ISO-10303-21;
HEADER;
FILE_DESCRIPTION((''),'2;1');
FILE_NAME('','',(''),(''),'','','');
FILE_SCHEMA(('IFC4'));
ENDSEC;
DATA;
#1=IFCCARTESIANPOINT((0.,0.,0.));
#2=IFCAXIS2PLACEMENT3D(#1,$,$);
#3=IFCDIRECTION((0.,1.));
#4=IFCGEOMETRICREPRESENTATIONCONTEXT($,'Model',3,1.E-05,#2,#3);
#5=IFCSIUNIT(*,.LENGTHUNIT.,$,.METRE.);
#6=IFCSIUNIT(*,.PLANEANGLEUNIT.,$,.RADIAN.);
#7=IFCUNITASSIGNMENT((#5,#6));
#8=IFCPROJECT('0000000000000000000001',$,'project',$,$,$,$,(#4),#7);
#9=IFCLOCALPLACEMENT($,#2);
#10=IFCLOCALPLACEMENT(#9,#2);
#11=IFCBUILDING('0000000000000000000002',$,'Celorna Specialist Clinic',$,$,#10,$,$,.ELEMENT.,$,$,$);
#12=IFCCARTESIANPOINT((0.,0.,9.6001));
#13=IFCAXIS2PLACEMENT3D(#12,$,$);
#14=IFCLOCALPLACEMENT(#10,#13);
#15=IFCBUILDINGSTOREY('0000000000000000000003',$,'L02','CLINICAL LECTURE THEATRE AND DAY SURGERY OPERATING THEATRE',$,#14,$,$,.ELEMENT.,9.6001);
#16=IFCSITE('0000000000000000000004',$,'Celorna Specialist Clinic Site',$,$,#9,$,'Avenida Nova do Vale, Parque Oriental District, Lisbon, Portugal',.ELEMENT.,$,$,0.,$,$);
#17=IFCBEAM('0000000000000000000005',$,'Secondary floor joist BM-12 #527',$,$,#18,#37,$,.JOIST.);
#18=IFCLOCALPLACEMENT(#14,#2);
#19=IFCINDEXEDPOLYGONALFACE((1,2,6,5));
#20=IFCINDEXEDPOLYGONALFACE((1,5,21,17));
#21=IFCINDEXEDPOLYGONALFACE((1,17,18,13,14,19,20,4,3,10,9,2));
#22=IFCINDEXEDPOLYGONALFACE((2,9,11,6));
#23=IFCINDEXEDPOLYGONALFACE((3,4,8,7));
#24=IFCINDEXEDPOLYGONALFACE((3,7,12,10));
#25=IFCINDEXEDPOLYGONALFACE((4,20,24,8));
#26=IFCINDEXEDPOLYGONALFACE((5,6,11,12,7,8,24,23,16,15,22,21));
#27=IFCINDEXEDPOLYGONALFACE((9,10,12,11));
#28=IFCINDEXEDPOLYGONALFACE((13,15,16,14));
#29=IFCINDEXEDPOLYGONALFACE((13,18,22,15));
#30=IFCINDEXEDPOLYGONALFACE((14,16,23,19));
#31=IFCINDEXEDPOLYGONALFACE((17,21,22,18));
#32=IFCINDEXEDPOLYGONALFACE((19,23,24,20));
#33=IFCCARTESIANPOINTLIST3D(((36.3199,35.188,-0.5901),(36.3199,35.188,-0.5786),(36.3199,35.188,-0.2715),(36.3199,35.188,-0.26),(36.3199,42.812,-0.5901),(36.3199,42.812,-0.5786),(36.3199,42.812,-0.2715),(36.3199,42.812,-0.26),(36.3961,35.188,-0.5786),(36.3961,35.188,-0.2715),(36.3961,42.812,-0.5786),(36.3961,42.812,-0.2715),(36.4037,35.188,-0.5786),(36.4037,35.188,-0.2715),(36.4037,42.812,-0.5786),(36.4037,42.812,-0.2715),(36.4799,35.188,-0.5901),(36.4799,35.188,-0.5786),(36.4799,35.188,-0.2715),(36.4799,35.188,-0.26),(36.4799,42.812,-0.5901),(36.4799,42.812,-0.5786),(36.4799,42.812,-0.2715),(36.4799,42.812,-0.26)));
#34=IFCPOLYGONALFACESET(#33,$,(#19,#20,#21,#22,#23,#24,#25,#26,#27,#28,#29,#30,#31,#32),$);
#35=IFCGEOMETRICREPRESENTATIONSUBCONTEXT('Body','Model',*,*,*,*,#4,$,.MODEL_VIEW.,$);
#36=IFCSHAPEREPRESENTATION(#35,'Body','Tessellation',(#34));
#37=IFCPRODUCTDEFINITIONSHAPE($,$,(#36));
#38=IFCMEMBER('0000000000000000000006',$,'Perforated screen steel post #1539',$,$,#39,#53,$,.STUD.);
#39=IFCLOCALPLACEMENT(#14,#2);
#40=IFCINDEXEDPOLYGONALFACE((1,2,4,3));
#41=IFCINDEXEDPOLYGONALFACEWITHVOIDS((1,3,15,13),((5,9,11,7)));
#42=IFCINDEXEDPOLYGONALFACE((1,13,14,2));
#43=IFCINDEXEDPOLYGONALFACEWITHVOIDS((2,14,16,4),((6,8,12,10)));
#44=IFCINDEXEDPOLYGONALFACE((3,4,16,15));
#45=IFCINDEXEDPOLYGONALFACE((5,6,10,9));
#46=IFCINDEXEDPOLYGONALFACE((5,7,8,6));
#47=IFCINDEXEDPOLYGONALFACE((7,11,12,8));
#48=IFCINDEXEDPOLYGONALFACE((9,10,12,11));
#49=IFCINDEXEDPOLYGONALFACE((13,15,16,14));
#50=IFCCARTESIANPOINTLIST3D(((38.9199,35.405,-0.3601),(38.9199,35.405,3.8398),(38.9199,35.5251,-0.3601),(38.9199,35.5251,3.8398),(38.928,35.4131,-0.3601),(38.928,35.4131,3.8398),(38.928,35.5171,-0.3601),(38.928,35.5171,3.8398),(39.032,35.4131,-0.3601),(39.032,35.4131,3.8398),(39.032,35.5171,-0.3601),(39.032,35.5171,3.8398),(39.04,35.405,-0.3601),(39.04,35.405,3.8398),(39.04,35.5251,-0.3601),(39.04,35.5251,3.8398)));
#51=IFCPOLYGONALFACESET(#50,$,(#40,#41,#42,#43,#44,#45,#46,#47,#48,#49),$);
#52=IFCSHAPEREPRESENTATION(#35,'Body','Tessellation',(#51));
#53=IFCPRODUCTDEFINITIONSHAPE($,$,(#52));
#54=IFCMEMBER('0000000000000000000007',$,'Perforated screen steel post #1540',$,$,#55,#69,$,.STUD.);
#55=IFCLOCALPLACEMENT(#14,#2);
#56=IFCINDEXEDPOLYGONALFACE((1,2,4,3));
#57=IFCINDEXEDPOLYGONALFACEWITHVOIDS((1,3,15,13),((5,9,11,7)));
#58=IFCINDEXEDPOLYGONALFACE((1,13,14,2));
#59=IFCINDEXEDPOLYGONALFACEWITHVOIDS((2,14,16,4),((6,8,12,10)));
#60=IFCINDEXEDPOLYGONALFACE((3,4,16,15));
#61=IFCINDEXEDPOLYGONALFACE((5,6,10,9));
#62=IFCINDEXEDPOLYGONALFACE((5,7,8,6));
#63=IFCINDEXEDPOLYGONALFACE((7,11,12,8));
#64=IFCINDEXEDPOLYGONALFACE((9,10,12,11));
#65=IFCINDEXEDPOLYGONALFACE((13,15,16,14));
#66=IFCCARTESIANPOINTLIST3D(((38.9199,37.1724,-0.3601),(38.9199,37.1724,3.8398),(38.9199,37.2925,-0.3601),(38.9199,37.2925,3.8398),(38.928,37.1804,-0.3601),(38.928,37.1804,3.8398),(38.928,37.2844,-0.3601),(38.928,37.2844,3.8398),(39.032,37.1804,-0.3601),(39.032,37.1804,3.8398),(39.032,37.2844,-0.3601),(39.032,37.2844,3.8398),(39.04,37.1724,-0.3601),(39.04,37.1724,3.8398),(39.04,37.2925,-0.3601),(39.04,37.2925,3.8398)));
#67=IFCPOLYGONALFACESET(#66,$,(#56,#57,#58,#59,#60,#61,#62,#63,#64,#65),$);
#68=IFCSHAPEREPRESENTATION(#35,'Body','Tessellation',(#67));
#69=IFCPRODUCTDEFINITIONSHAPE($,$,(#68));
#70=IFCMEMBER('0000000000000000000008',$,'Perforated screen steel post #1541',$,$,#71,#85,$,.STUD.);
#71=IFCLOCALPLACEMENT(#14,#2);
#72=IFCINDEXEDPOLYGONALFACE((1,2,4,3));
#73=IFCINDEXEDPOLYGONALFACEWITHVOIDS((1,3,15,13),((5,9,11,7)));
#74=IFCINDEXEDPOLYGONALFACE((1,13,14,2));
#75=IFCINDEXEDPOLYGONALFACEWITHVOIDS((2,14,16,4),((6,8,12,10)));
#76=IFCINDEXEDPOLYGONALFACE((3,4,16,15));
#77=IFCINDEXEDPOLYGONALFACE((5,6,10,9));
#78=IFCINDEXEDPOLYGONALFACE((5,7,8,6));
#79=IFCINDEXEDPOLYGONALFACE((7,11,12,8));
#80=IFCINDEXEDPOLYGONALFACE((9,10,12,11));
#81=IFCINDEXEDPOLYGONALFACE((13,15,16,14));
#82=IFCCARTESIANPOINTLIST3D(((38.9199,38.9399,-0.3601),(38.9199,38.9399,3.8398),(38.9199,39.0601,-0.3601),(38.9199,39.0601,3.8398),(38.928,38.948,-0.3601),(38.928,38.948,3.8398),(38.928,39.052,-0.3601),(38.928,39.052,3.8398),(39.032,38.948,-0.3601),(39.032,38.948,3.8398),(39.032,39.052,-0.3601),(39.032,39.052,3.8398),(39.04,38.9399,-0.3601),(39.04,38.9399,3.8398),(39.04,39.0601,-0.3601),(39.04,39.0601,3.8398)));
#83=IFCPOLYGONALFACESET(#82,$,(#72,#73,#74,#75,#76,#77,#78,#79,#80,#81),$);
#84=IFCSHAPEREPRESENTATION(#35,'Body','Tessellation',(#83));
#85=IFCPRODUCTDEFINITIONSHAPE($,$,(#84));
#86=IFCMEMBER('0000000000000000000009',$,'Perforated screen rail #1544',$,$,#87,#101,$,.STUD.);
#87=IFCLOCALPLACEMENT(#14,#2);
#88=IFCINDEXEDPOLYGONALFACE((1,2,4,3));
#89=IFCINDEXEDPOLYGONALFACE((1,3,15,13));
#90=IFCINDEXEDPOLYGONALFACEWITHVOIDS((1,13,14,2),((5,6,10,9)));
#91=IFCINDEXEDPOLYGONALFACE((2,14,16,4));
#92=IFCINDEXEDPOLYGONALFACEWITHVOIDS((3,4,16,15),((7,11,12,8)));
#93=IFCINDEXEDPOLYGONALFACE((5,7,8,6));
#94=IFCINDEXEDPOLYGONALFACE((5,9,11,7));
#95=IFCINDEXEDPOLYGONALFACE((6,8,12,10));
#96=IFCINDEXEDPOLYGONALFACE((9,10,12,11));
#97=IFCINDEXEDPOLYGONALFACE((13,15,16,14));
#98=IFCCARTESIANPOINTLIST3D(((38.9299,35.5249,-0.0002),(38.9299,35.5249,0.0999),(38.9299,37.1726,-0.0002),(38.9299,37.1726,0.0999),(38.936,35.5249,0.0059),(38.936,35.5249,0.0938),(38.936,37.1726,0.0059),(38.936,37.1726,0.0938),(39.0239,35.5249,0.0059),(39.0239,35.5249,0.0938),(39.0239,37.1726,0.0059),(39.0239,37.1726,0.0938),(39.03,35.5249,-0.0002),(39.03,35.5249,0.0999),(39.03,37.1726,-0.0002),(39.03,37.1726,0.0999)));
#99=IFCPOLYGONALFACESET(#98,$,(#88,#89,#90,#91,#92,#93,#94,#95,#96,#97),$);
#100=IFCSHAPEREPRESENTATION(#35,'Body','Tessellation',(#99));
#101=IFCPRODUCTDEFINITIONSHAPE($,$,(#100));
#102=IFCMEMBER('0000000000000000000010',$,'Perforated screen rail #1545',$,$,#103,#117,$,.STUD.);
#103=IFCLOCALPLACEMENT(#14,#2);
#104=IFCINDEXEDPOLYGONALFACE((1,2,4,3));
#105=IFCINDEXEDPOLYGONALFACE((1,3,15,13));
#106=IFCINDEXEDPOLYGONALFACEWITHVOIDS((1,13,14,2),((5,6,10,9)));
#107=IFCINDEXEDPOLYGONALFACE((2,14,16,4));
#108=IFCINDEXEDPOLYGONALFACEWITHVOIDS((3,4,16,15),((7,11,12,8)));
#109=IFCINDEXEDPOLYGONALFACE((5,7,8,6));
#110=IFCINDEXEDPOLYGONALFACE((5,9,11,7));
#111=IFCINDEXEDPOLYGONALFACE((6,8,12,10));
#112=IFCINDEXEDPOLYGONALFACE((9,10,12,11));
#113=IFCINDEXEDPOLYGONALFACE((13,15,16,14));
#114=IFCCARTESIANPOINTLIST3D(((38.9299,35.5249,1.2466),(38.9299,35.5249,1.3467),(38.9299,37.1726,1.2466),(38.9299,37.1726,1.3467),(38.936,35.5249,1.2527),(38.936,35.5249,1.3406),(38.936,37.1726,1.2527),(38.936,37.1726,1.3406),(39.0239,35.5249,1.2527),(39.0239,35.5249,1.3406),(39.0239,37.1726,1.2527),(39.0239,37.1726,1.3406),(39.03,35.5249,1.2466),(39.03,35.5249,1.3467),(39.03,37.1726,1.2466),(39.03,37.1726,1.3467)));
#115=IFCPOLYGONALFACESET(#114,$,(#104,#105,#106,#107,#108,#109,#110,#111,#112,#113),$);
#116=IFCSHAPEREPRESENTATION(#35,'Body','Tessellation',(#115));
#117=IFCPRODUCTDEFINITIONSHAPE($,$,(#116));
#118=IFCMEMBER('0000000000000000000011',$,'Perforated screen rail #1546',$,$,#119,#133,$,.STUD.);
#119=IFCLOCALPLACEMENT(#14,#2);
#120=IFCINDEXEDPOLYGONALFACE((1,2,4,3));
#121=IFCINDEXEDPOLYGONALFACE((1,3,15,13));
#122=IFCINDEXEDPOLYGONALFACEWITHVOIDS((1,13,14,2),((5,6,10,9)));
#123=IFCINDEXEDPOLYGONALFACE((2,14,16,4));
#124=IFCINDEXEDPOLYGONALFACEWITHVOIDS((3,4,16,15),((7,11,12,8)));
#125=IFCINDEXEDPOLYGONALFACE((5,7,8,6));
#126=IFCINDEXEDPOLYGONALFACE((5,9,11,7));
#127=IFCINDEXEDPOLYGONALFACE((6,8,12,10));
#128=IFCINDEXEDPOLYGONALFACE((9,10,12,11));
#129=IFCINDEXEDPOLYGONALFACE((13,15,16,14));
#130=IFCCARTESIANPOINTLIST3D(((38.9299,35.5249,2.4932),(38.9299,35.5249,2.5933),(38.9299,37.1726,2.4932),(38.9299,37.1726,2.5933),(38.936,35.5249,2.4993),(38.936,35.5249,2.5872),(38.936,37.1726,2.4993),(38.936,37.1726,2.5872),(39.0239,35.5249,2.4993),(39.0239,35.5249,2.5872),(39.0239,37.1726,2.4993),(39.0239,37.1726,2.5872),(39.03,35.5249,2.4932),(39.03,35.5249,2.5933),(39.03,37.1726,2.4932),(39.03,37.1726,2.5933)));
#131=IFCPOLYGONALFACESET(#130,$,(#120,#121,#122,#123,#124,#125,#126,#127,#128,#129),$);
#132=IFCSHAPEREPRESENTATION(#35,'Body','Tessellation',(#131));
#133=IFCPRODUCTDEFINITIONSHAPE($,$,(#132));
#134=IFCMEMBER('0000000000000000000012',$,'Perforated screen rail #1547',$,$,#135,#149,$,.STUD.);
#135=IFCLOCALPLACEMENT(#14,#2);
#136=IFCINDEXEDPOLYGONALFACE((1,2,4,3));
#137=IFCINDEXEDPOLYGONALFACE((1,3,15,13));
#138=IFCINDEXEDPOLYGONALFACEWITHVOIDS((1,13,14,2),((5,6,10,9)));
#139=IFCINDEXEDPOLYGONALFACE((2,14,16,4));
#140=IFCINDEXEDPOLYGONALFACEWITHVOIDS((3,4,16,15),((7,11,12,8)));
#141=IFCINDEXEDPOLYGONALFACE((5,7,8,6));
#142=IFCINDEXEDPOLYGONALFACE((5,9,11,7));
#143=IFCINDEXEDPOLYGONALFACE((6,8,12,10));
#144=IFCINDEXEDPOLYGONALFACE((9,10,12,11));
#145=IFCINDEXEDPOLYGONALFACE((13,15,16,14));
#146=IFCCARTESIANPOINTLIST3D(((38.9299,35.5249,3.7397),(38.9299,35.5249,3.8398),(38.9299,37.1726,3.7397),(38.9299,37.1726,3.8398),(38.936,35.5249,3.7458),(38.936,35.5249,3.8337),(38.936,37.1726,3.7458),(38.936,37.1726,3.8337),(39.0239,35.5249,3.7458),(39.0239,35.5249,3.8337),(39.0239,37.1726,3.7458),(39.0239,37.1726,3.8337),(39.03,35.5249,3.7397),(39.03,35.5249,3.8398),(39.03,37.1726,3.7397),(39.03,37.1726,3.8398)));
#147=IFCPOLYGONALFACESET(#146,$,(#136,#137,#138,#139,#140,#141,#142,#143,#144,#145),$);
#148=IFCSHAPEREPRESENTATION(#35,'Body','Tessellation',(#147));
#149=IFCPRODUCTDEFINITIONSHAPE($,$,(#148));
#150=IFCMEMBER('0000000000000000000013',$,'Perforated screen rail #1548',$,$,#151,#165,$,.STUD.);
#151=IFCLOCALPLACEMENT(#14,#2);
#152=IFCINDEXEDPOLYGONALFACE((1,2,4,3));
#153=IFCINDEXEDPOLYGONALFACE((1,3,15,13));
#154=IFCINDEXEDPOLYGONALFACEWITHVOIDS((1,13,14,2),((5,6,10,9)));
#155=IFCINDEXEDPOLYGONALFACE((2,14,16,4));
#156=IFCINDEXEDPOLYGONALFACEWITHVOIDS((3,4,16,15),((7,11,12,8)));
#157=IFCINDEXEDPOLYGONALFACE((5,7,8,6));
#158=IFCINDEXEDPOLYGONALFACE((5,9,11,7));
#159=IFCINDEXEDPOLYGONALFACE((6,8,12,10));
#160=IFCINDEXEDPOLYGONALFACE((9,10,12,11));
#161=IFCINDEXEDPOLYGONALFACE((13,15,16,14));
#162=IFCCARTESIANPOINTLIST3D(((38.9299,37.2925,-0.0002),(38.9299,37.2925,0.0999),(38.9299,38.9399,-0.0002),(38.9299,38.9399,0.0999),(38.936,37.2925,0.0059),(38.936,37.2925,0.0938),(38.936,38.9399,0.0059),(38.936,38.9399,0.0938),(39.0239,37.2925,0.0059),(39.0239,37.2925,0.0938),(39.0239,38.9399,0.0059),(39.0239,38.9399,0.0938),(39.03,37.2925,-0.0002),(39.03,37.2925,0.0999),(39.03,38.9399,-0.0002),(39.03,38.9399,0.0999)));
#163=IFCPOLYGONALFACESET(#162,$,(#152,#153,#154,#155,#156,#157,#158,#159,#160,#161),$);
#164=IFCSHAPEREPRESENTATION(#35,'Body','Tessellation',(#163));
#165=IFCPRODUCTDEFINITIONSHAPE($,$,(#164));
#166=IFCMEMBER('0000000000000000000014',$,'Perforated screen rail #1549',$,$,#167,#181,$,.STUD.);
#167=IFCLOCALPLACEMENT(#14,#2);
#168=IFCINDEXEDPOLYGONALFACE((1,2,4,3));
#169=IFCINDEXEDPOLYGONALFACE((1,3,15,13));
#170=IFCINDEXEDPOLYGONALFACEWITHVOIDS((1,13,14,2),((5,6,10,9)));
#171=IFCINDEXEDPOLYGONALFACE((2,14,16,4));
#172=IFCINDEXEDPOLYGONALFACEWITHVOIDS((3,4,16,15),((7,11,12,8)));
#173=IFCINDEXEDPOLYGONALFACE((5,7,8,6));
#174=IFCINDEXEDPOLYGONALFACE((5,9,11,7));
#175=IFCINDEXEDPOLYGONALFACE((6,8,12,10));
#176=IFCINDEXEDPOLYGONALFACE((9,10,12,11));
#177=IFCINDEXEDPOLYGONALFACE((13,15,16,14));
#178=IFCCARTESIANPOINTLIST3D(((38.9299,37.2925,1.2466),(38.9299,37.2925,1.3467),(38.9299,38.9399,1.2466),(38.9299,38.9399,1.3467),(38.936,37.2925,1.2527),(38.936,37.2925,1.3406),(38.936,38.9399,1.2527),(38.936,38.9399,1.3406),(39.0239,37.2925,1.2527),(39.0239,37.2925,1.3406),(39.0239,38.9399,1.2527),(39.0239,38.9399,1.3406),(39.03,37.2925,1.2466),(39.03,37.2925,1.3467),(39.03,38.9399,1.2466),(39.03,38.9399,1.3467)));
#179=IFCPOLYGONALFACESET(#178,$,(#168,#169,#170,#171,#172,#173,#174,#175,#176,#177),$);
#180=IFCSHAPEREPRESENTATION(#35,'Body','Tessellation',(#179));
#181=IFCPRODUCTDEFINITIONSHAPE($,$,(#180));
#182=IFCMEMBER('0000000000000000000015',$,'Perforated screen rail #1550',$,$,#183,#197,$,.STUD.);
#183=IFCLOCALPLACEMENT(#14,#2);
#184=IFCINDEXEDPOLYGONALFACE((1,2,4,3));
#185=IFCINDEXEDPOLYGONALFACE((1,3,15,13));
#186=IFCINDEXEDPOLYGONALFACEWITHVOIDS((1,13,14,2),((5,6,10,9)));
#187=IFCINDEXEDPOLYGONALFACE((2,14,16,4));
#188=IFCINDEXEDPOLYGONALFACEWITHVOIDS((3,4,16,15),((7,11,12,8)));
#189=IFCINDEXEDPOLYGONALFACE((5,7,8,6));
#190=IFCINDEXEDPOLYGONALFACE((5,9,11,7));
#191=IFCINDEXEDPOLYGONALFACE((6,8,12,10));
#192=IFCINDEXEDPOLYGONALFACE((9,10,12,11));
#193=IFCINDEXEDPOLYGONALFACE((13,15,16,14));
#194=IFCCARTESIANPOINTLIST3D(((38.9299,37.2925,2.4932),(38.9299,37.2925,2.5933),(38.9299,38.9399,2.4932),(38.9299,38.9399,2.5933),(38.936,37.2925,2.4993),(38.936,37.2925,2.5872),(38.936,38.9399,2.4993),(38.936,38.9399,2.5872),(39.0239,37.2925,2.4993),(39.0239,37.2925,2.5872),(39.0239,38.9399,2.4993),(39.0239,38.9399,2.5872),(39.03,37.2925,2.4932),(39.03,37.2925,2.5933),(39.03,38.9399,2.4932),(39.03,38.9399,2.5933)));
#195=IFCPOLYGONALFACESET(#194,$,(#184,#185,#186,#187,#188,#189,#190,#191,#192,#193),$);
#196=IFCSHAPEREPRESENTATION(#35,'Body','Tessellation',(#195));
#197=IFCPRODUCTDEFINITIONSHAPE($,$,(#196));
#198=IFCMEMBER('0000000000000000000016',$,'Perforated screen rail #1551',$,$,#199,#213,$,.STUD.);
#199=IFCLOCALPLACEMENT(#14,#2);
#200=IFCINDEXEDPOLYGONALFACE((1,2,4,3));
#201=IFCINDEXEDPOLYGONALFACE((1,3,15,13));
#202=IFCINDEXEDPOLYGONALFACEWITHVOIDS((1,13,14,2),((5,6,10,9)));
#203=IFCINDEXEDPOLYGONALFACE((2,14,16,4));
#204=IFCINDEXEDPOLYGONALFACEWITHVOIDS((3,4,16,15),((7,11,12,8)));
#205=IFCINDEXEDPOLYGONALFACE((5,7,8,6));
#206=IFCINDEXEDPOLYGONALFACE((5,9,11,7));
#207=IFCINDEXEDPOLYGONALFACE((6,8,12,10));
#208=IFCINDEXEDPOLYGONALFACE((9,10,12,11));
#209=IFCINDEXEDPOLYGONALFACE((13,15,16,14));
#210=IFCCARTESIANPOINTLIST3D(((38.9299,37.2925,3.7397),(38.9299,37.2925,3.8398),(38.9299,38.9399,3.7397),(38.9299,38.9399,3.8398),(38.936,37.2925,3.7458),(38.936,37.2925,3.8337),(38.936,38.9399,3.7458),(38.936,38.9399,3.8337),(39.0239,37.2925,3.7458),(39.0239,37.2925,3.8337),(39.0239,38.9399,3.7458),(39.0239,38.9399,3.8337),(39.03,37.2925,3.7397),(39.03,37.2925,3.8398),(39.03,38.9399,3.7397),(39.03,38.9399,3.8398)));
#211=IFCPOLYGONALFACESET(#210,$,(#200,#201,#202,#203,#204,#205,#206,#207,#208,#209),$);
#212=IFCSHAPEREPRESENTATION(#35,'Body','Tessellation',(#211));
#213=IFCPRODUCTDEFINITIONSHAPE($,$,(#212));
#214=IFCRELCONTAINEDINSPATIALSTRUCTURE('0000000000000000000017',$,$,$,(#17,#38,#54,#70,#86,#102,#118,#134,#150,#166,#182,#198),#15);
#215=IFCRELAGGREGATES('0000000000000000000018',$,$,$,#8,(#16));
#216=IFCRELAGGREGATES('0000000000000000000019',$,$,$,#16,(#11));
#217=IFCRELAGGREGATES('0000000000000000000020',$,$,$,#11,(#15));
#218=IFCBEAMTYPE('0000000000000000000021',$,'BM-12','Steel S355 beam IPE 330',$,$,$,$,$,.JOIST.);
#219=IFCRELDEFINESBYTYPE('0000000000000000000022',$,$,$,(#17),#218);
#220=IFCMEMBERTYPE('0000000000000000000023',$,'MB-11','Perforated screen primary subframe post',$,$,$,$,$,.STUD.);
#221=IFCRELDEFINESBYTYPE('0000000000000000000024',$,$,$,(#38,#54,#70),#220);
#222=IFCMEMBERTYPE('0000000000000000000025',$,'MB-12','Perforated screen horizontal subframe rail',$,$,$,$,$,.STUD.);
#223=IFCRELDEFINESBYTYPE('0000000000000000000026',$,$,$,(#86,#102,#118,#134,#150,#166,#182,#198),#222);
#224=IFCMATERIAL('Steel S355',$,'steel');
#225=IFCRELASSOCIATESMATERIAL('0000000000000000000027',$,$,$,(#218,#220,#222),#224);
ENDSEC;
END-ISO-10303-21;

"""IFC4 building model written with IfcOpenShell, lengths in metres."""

from ifc_helpers import new_model, si_unit, direction, frame, origin, origin_2d, place, context, subcontext, project, spatial, hollow_rectangle, i_section, extrude, material, material_profile, profile_set, type_object, element, save


model = new_model("IFC4")

# Units and contexts
model_context = context("Model", 3, precision=1e-05, world=origin(), true_north=direction((0.0, 1.0)))
body_context = subcontext(model_context, "Body", "Model", "MODEL_VIEW")
ifc_project = project(units=[si_unit("LENGTHUNIT", "METRE"), si_unit("PLANEANGLEUNIT", "RADIAN")], contexts=[model_context])

# Site, building, storey
site_placement = place(None, origin())
site = spatial("IfcSite", under=ifc_project, at=site_placement, Name="Celorna Specialist Clinic Site", LongName="Avenida Nova do Vale, Parque Oriental District, Lisbon, Portugal", CompositionType="ELEMENT", RefElevation=0.0)
building_placement = place(site_placement, origin())
building = spatial("IfcBuilding", under=site, at=building_placement, Name="Celorna Specialist Clinic", CompositionType="ELEMENT")
storey_placement = place(building_placement, frame((0.0, 0.0, 9.6001)))
storey = spatial("IfcBuildingStorey", under=building, at=storey_placement, Name="L02", Description="CLINICAL LECTURE THEATRE AND DAY SURGERY OPERATING THEATRE", CompositionType="ELEMENT", Elevation=9.6001)

# Beam
ifc_material_1 = material(Name="Steel S355", Category="steel")
ifc_material_profile_1 = material_profile(ifc_material_1, i_section(OverallWidth=0.1599, OverallDepth=0.3301, WebThickness=0.0076, FlangeThickness=0.0115, at=origin_2d()), Name="IPE 330")
ifc_profile_set_1 = profile_set([ifc_material_profile_1], Name="Steel S355")
beam_type = type_object("IfcBeamType", Name="BM-12", Description="Steel S355 beam IPE 330", PredefinedType="JOIST", material=ifc_profile_set_1)
beam_placement = place(storey_placement, frame((36.3999, 35.188, -0.425), z_axis=(0.0, 1.0, 0.0), x_axis=(-1.0, 0.0, 0.0)))
element("IfcBeam", 1, at=beam_placement, inside=storey, type_object=beam_type, Name="Secondary floor joist BM-12 #527", PredefinedType="JOIST", context=body_context, shape_type="SweptSolid", body=[
    extrude(i_section(OverallWidth=0.1599, OverallDepth=0.3301, WebThickness=0.0076, FlangeThickness=0.0115, at=origin_2d()), origin(), (0.0, 0.0, 1.0), 7.624),
])

# Members
ifc_material_profile_2 = material_profile(ifc_material_1, hollow_rectangle(XDim=0.1201, YDim=0.1201, WallThickness=0.0081, at=origin_2d()), Name="SHS 120x120x8")
ifc_profile_set_2 = profile_set([ifc_material_profile_2], Name="Steel S355")
member_type_1 = type_object("IfcMemberType", Name="MB-11", Description="Perforated screen primary subframe post", PredefinedType="STUD", material=ifc_profile_set_2)
for number, where, z_axis, x_axis, name in (
    (2, (38.98, 35.4651, -0.3601), (0.0, 0.0, 1.0), (1.0, 0.0, 0.0), "Perforated screen steel post #1539"),
    (3, (38.98, 37.2324, -0.3601), (0.0, 0.0, 1.0), (1.0, 0.0, 0.0), "Perforated screen steel post #1540"),
    (4, (38.98, 39.0, -0.3601), (0.0, 0.0, 1.0), (1.0, 0.0, 0.0), "Perforated screen steel post #1541"),
):
    element("IfcMember", number, at=place(storey_placement, frame(where, z_axis=z_axis, x_axis=x_axis)), inside=storey, type_object=member_type_1, Name=name, PredefinedType="STUD", context=body_context, shape_type="SweptSolid", body=[
        extrude(hollow_rectangle(XDim=0.1201, YDim=0.1201, WallThickness=0.0081, at=origin_2d()), origin(), (0.0, 0.0, 1.0), 4.2),
    ])
ifc_material_profile_3 = material_profile(ifc_material_1, hollow_rectangle(XDim=0.1001, YDim=0.1001, WallThickness=0.0061, at=origin_2d()), Name="SHS 100x100x6")
ifc_profile_set_3 = profile_set([ifc_material_profile_3], Name="Steel S355")
member_type_2 = type_object("IfcMemberType", Name="MB-12", Description="Perforated screen horizontal subframe rail", PredefinedType="STUD", material=ifc_profile_set_3)
for number, where, z_axis, x_axis, name in (
    (5, (38.98, 35.5249, 0.0498), (0.0, 1.0, 0.0), (-1.0, 0.0, 0.0), "Perforated screen rail #1544"),
    (6, (38.98, 35.5249, 1.2966), (0.0, 1.0, 0.0), (-1.0, 0.0, 0.0), "Perforated screen rail #1545"),
    (7, (38.98, 35.5249, 2.5432), (0.0, 1.0, 0.0), (-1.0, 0.0, 0.0), "Perforated screen rail #1546"),
    (8, (38.98, 35.5249, 3.7898), (0.0, 1.0, 0.0), (-1.0, 0.0, 0.0), "Perforated screen rail #1547"),
):
    element("IfcMember", number, at=place(storey_placement, frame(where, z_axis=z_axis, x_axis=x_axis)), inside=storey, type_object=member_type_2, Name=name, PredefinedType="STUD", context=body_context, shape_type="SweptSolid", body=[
        extrude(hollow_rectangle(XDim=0.1001, YDim=0.1001, WallThickness=0.0061, at=origin_2d()), origin(), (0.0, 0.0, 1.0), 1.6477),
    ])
for number, where, z_axis, x_axis, name in (
    (9, (38.98, 37.2925, 0.0498), (0.0, 1.0, 0.0), (-1.0, 0.0, 0.0), "Perforated screen rail #1548"),
    (10, (38.98, 37.2925, 1.2966), (0.0, 1.0, 0.0), (-1.0, 0.0, 0.0), "Perforated screen rail #1549"),
    (11, (38.98, 37.2925, 2.5432), (0.0, 1.0, 0.0), (-1.0, 0.0, 0.0), "Perforated screen rail #1550"),
    (12, (38.98, 37.2925, 3.7898), (0.0, 1.0, 0.0), (-1.0, 0.0, 0.0), "Perforated screen rail #1551"),
):
    element("IfcMember", number, at=place(storey_placement, frame(where, z_axis=z_axis, x_axis=x_axis)), inside=storey, type_object=member_type_2, Name=name, PredefinedType="STUD", context=body_context, shape_type="SweptSolid", body=[
        extrude(hollow_rectangle(XDim=0.1001, YDim=0.1001, WallThickness=0.0061, at=origin_2d()), origin(), (0.0, 0.0, 1.0), 1.6475),
    ])

save(model, "model.ifc")
